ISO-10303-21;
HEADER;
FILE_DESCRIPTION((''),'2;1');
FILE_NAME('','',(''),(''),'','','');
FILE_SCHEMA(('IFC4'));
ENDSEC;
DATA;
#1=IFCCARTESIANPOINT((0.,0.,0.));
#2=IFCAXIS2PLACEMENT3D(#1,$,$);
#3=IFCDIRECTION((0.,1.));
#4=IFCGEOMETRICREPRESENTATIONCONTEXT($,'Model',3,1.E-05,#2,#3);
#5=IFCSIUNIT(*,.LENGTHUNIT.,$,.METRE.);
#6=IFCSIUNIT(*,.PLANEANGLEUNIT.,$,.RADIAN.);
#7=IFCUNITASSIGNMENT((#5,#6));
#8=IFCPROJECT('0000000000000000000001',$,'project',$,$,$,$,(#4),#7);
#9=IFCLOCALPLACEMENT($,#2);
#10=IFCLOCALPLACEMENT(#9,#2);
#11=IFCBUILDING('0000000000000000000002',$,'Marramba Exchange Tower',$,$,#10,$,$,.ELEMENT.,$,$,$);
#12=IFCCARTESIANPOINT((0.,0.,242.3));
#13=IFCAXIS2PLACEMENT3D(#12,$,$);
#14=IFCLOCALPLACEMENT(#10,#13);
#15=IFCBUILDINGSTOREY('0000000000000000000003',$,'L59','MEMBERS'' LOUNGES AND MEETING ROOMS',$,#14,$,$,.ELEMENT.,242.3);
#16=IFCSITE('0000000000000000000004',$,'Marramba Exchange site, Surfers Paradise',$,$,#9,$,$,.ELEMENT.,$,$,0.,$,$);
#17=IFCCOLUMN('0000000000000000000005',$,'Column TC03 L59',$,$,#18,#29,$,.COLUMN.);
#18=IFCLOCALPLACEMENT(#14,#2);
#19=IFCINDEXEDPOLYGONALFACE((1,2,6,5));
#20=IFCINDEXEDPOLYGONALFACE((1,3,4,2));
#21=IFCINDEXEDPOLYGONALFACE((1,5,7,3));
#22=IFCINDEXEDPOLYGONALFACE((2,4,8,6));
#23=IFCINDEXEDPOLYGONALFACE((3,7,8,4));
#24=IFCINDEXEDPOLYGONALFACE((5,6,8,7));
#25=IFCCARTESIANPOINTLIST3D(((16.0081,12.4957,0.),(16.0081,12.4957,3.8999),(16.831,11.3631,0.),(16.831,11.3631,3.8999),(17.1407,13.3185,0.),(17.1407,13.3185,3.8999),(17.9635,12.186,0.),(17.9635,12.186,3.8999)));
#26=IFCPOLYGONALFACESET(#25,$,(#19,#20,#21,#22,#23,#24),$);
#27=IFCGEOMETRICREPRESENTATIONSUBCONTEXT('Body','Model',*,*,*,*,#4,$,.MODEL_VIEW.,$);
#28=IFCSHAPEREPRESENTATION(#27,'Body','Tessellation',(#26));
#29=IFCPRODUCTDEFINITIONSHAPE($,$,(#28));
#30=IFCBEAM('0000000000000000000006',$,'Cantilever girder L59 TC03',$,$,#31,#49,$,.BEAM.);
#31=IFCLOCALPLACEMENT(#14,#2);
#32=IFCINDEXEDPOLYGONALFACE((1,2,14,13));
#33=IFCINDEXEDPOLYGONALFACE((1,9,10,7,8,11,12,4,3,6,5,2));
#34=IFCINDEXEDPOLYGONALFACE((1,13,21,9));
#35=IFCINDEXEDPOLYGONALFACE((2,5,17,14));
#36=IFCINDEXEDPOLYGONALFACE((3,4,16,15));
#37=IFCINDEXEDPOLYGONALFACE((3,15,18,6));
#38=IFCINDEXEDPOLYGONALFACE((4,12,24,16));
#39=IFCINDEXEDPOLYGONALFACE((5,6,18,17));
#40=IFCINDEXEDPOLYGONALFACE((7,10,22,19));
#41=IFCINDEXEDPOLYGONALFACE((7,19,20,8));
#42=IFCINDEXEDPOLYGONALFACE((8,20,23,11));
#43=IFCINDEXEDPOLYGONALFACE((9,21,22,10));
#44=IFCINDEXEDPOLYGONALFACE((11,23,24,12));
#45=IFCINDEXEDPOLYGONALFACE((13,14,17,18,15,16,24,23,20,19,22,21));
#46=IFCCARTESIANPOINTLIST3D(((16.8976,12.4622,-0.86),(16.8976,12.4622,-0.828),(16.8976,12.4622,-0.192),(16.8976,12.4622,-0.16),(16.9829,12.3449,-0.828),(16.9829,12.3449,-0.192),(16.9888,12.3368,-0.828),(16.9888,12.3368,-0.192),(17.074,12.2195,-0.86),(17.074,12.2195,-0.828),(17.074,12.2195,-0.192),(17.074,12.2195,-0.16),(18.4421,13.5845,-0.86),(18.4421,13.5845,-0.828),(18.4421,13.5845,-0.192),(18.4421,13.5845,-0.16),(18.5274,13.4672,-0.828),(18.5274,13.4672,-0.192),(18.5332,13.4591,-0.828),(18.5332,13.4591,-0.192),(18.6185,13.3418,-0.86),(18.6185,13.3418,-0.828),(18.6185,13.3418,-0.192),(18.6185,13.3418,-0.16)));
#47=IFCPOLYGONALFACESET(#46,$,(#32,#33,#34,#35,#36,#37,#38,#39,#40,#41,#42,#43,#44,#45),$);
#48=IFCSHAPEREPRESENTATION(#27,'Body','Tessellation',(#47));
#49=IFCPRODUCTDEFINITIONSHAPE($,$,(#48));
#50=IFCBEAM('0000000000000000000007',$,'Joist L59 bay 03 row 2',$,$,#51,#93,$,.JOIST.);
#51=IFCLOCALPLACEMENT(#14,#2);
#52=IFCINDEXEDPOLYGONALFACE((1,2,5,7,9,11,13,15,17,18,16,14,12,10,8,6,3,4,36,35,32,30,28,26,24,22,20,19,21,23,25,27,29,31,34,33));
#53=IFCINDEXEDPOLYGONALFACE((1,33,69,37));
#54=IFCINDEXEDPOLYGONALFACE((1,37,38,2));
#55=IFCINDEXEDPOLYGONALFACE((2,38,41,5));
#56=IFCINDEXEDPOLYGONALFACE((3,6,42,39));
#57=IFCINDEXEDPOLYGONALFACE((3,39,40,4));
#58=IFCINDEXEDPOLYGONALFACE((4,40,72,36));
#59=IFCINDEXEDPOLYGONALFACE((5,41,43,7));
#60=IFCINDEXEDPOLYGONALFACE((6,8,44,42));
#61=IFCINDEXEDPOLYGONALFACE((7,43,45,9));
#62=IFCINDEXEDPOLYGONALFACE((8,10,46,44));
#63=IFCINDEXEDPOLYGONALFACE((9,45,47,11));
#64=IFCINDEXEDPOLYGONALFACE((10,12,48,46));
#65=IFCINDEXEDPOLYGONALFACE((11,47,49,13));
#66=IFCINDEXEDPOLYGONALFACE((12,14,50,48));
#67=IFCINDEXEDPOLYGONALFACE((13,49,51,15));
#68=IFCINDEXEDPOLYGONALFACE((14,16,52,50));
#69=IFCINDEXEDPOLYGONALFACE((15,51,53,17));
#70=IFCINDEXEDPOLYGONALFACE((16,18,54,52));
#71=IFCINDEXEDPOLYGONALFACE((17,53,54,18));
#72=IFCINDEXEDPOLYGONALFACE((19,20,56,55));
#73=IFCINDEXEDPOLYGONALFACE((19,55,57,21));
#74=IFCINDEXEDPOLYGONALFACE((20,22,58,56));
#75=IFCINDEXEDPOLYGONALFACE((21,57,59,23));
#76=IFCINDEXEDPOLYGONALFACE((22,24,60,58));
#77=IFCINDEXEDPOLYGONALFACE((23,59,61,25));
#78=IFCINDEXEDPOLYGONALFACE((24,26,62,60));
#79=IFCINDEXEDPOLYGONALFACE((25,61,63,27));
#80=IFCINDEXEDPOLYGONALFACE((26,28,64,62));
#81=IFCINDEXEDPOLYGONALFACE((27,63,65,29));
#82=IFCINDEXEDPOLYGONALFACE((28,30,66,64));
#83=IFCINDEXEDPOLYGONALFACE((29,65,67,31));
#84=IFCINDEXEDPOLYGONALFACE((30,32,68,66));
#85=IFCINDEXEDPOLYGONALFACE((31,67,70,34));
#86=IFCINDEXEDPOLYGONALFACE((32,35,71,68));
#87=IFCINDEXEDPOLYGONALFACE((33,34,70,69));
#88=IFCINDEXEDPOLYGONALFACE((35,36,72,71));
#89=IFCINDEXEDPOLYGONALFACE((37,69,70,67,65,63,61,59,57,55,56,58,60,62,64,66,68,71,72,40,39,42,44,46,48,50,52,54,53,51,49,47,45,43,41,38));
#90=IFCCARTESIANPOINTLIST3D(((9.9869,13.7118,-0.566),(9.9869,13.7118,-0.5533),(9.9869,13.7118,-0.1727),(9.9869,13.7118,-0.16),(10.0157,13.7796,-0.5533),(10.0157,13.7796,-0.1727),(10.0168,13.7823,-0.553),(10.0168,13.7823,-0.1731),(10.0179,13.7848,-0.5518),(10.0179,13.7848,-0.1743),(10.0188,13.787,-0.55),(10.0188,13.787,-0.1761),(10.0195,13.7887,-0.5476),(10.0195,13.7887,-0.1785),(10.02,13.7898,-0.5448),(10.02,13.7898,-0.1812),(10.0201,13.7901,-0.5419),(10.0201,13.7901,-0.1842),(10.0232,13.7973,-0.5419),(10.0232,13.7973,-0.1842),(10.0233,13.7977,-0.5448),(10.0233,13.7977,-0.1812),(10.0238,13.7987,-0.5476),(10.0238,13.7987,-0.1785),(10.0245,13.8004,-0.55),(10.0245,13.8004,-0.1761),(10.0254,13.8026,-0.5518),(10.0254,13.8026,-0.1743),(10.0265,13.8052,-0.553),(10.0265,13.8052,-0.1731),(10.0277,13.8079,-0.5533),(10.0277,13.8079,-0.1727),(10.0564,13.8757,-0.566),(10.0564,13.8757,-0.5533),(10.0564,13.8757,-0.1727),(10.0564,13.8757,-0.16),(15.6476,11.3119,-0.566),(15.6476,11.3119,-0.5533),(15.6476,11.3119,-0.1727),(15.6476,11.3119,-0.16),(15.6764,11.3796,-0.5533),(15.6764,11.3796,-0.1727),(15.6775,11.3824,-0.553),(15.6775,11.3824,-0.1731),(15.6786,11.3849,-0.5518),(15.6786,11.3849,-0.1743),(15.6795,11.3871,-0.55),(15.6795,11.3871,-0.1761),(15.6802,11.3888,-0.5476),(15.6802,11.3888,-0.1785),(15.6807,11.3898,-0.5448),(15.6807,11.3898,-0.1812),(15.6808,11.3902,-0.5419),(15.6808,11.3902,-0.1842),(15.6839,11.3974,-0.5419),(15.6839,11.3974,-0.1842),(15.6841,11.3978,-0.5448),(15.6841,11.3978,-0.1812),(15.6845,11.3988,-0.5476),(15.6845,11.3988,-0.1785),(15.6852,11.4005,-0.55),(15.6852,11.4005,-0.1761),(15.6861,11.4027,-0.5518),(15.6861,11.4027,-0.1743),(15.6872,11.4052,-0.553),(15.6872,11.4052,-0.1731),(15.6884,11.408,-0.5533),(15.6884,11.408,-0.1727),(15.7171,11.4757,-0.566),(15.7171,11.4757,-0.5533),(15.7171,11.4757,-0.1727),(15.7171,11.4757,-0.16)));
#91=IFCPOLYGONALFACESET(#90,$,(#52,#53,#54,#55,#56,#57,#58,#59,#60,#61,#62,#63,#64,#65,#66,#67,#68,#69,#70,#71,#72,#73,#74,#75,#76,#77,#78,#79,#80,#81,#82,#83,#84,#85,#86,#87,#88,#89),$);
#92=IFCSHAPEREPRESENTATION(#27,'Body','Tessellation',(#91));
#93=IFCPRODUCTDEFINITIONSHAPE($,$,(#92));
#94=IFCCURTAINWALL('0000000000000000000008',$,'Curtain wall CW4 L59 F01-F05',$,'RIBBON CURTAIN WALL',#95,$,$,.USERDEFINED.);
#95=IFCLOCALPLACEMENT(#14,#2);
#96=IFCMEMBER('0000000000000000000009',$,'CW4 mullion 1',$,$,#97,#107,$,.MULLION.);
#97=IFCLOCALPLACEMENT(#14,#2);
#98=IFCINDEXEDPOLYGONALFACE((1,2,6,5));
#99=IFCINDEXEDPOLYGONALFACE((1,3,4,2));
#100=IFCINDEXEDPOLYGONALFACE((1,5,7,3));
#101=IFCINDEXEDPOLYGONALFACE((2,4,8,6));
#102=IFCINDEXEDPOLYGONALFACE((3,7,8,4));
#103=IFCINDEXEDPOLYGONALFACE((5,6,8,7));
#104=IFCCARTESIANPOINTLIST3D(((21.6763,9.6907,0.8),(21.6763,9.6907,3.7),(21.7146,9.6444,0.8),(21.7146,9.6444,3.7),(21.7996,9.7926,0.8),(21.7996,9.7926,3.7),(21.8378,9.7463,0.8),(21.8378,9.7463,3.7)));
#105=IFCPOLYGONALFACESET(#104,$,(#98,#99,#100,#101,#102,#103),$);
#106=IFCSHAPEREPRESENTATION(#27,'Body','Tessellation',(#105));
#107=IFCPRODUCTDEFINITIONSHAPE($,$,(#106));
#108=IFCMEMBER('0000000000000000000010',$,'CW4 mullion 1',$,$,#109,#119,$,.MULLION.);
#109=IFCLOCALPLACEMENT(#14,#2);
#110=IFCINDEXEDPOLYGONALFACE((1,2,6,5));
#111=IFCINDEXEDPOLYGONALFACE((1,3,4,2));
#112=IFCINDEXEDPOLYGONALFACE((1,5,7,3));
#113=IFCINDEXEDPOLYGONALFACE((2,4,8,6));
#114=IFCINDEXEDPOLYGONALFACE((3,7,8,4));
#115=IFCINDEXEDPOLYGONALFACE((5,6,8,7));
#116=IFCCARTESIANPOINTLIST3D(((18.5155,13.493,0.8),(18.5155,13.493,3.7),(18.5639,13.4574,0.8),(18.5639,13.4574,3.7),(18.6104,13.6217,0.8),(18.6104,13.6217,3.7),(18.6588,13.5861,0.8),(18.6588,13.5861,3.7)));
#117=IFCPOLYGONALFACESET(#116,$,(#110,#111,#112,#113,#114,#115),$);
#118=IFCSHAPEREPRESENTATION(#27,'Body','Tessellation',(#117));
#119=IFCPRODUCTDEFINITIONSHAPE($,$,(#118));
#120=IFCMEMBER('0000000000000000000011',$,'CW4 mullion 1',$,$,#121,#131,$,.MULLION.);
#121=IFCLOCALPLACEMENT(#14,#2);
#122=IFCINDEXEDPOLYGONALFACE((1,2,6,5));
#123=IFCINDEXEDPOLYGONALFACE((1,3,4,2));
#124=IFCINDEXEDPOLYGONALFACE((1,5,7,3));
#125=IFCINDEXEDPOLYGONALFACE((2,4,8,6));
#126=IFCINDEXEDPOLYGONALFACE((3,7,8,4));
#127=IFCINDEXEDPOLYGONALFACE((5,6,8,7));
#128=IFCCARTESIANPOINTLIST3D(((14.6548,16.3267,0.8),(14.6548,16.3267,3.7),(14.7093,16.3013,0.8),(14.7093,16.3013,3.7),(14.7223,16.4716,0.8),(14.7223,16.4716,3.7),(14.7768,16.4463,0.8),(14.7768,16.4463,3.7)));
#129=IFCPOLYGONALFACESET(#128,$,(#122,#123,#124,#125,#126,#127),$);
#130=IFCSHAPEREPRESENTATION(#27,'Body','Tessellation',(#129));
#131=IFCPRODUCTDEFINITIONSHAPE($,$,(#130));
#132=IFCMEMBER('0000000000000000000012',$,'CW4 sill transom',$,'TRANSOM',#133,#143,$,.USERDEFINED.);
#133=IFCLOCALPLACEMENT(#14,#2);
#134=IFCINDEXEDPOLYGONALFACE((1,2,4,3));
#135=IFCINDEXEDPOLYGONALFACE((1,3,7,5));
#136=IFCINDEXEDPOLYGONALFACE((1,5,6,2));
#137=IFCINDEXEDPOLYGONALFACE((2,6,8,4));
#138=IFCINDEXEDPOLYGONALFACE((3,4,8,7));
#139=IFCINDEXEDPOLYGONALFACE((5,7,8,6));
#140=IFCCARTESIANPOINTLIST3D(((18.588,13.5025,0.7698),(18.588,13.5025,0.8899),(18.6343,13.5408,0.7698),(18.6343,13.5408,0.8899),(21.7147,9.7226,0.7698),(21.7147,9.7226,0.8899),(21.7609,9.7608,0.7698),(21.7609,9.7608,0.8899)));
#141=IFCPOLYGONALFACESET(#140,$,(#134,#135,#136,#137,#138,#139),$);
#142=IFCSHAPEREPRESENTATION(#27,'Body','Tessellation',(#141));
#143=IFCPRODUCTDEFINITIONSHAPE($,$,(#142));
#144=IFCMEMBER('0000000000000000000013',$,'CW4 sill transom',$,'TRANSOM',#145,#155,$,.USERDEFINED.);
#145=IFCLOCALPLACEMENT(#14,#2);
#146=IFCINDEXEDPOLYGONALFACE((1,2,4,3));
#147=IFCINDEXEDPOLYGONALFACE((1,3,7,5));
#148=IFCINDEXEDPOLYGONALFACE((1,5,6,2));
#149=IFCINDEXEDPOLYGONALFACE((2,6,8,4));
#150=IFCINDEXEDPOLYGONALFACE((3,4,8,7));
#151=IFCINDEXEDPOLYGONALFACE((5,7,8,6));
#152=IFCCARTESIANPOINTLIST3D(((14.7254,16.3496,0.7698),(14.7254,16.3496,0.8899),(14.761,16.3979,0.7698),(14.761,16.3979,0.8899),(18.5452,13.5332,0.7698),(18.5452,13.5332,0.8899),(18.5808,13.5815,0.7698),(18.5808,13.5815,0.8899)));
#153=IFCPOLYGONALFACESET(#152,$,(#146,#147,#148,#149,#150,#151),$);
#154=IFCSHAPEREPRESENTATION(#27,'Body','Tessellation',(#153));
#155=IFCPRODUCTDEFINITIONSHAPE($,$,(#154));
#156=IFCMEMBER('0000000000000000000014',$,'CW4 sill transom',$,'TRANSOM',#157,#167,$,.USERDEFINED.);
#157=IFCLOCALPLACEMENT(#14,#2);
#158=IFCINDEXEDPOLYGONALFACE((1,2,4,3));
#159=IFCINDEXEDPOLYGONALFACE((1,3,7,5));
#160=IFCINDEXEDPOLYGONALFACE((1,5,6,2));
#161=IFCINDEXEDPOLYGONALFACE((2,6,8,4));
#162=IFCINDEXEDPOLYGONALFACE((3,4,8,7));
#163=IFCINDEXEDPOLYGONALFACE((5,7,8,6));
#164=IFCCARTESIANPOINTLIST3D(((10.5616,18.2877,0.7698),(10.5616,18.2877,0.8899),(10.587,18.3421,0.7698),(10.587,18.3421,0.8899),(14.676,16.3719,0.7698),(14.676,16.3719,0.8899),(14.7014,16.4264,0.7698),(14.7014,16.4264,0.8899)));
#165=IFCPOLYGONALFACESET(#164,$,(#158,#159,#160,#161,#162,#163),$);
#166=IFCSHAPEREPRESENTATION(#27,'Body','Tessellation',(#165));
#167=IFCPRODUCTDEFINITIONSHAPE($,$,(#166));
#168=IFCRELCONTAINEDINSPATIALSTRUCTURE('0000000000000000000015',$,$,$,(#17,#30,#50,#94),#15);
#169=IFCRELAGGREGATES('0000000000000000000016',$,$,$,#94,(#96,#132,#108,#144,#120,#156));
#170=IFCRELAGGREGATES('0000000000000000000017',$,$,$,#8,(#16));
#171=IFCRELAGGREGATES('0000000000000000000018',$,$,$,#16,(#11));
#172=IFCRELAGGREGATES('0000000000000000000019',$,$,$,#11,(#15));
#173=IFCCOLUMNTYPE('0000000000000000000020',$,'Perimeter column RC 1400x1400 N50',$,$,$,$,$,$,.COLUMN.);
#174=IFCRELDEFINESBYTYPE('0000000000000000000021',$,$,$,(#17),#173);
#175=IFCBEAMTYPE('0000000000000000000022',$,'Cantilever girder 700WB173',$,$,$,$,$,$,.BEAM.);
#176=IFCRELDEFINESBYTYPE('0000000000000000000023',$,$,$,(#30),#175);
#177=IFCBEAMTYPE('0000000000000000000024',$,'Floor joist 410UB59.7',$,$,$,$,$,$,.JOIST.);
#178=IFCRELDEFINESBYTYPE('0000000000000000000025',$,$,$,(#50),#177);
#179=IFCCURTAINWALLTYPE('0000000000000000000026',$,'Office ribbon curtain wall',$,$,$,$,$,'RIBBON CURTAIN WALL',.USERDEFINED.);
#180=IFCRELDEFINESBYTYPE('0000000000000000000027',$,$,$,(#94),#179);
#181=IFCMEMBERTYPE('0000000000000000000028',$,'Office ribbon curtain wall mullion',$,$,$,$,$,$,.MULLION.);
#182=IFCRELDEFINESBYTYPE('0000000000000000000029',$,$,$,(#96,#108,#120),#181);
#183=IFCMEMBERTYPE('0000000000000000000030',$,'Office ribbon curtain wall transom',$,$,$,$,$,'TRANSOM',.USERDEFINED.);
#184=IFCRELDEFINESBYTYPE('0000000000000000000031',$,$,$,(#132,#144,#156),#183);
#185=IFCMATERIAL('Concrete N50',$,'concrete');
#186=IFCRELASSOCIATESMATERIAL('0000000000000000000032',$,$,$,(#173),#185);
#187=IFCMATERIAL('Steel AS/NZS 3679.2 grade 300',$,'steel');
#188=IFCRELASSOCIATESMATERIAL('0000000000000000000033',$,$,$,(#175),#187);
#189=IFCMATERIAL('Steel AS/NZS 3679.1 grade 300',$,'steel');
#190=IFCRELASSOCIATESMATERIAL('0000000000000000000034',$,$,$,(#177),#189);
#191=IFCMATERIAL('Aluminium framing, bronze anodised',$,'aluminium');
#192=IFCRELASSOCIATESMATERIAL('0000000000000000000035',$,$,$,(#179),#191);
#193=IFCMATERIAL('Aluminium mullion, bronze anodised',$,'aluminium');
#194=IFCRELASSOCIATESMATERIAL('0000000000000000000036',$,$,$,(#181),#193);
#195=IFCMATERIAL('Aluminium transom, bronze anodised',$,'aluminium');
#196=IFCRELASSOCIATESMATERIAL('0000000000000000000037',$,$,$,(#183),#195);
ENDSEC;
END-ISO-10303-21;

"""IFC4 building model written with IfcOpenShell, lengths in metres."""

from ifc_helpers import new_model, si_unit, direction, frame, origin, origin_2d, place, context, subcontext, project, spatial, rectangle, i_section, extrude, material, material_profile, profile_set, type_object, element, aggregate, save


model = new_model("IFC4")

# Units and contexts
model_context = context("Model", 3, precision=1e-05, world=origin(), true_north=direction((0.0, 1.0)))
body_context = subcontext(model_context, "Body", "Model", "MODEL_VIEW")
ifc_project = project(units=[si_unit("LENGTHUNIT", "METRE"), si_unit("PLANEANGLEUNIT", "RADIAN")], contexts=[model_context])

# Site, building, storey
site_placement = place(None, origin())
site = spatial("IfcSite", under=ifc_project, at=site_placement, Name="Marramba Exchange site, Surfers Paradise", CompositionType="ELEMENT", RefElevation=0.0)
building_placement = place(site_placement, origin())
building = spatial("IfcBuilding", under=site, at=building_placement, Name="Marramba Exchange Tower", CompositionType="ELEMENT")
storey_placement = place(building_placement, frame((0.0, 0.0, 242.3)))
storey = spatial("IfcBuildingStorey", under=building, at=storey_placement, Name="L59", Description="MEMBERS' LOUNGES AND MEETING ROOMS", CompositionType="ELEMENT", Elevation=242.3)

# Column
ifc_material_1 = material(Name="Concrete N50", Category="concrete")
ifc_material_profile_1 = material_profile(ifc_material_1, rectangle(XDim=1.3999, YDim=1.3999, at=origin_2d()), Name="RC 1400x1400")
ifc_profile_set_1 = profile_set([ifc_material_profile_1], Name="Concrete N50")
column_type = type_object("IfcColumnType", Name="Perimeter column RC 1400x1400 N50", PredefinedType="COLUMN", material=ifc_profile_set_1)
column_placement = place(storey_placement, frame((16.9858, 12.3408, 0.0), z_axis=(0.0, 0.0, 1.0), x_axis=(0.809017, 0.587785, 0.0)))
element("IfcColumn", 1, at=column_placement, inside=storey, type_object=column_type, Name="Column TC03 L59", PredefinedType="COLUMN", context=body_context, shape_type="SweptSolid", body=[
    extrude(rectangle(XDim=1.3999, YDim=1.3999, at=origin_2d()), origin(), (0.0, 0.0, 1.0), 3.8999),
])

# Beams
ifc_material_2 = material(Name="Steel AS/NZS 3679.2 grade 300", Category="steel")
ifc_material_profile_2 = material_profile(ifc_material_2, i_section(OverallWidth=0.3, OverallDepth=0.7, WebThickness=0.01, FlangeThickness=0.032, at=origin_2d()), Name="700WB173")
ifc_profile_set_2 = profile_set([ifc_material_profile_2], Name="Steel AS/NZS 3679.2 grade 300")
beam_type_1 = type_object("IfcBeamType", Name="Cantilever girder 700WB173", PredefinedType="BEAM", material=ifc_profile_set_2)
beam_1_placement = place(storey_placement, frame((16.9858, 12.3408, -0.51), z_axis=(0.808963, 0.58786, 0.0), x_axis=(-0.58786, 0.808963, 0.0)))
element("IfcBeam", 2, at=beam_1_placement, inside=storey, type_object=beam_type_1, Name="Cantilever girder L59 TC03", PredefinedType="BEAM", context=body_context, shape_type="SweptSolid", body=[
    extrude(i_section(OverallWidth=0.3, OverallDepth=0.7, WebThickness=0.01, FlangeThickness=0.032, at=origin_2d()), origin(), (0.0, 0.0, 1.0), 1.9092),
])
ifc_material_3 = material(Name="Steel AS/NZS 3679.1 grade 300", Category="steel")
ifc_material_profile_3 = material_profile(ifc_material_3, i_section(OverallWidth=0.178, OverallDepth=0.406, WebThickness=0.0078, FlangeThickness=0.0127, FilletRadius=0.0115, at=origin_2d()), Name="410UB59.7")
ifc_profile_set_3 = profile_set([ifc_material_profile_3], Name="Steel AS/NZS 3679.1 grade 300")
beam_type_2 = type_object("IfcBeamType", Name="Floor joist 410UB59.7", PredefinedType="JOIST", material=ifc_profile_set_3)
beam_2_placement = place(storey_placement, frame((15.6824, 11.3938, -0.363), z_axis=(-0.920674, 0.390332, 0.0), x_axis=(-0.390332, -0.920674, 0.0)))
element("IfcBeam", 3, at=beam_2_placement, inside=storey, type_object=beam_type_2, Name="Joist L59 bay 03 row 2", PredefinedType="JOIST", context=body_context, shape_type="SweptSolid", body=[
    extrude(i_section(OverallWidth=0.178, OverallDepth=0.406, WebThickness=0.0078, FlangeThickness=0.0127, FilletRadius=0.0115, at=origin_2d()), origin(), (0.0, 0.0, 1.0), 6.1484),
])

# Curtain wall, members
ifc_material_4 = material(Name="Aluminium framing, bronze anodised", Category="aluminium")
curtain_wall_type = type_object("IfcCurtainWallType", Name="Office ribbon curtain wall", ElementType="RIBBON CURTAIN WALL", PredefinedType="USERDEFINED", material=ifc_material_4)
curtain_wall_placement = place(storey_placement, origin())
curtain_wall = element("IfcCurtainWall", 4, at=curtain_wall_placement, inside=storey, type_object=curtain_wall_type, Name="Curtain wall CW4 L59 F01-F05", ObjectType="RIBBON CURTAIN WALL", PredefinedType="USERDEFINED")
ifc_material_5 = material(Name="Aluminium mullion, bronze anodised", Category="aluminium")
ifc_material_profile_4 = material_profile(ifc_material_5, rectangle(XDim=0.1599, YDim=0.0601, at=origin_2d()), Name="CW4 mullion 60x160")
ifc_profile_set_4 = profile_set([ifc_material_profile_4], Name="Aluminium mullion, bronze anodised")
member_type_1 = type_object("IfcMemberType", Name="Office ribbon curtain wall mullion", PredefinedType="MULLION", material=ifc_profile_set_4)
member_1_placement = place(storey_placement, frame((21.7571, 9.7185, 0.8), z_axis=(0.0, 0.0, 1.0), x_axis=(-0.770574, -0.63735, 0.0)))
member_1 = element("IfcMember", 5, at=member_1_placement, type_object=member_type_1, Name="CW4 mullion 1", PredefinedType="MULLION", context=body_context, shape_type="SweptSolid", body=[
    extrude(rectangle(XDim=0.1599, YDim=0.0601, at=origin_2d()), origin(), (0.0, 0.0, 1.0), 2.8999),
])
member_2_placement = place(storey_placement, frame((18.5872, 13.5396, 0.8), z_axis=(0.0, 0.0, 1.0), x_axis=(-0.593441, -0.804877, 0.0)))
member_2 = element("IfcMember", 6, at=member_2_placement, type_object=member_type_1, Name="CW4 mullion 1", PredefinedType="MULLION", context=body_context, shape_type="SweptSolid", body=[
    extrude(rectangle(XDim=0.1599, YDim=0.0601, at=origin_2d()), origin(), (0.0, 0.0, 1.0), 2.8999),
])
member_3_placement = place(storey_placement, frame((14.7158, 16.3865, 0.8), z_axis=(0.0, 0.0, 1.0), x_axis=(-0.422133, -0.906534, 0.0)))
member_3 = element("IfcMember", 7, at=member_3_placement, type_object=member_type_1, Name="CW4 mullion 1", PredefinedType="MULLION", context=body_context, shape_type="SweptSolid", body=[
    extrude(rectangle(XDim=0.1599, YDim=0.0601, at=origin_2d()), origin(), (0.0, 0.0, 1.0), 2.8999),
])
ifc_material_6 = material(Name="Aluminium transom, bronze anodised", Category="aluminium")
ifc_material_profile_5 = material_profile(ifc_material_6, rectangle(XDim=0.0601, YDim=0.1201, at=origin_2d()), Name="CW4 transom 60x120")
ifc_profile_set_5 = profile_set([ifc_material_profile_5], Name="Aluminium transom, bronze anodised")
member_type_2 = type_object("IfcMemberType", Name="Office ribbon curtain wall transom", ElementType="TRANSOM", PredefinedType="USERDEFINED", material=ifc_profile_set_5)
member_4_placement = place(storey_placement, frame((21.7378, 9.7417, 0.8298), z_axis=(-0.637375, 0.770554, 0.0), x_axis=(-0.770554, -0.637375, 0.0)))
member_4 = element("IfcMember", 8, at=member_4_placement, type_object=member_type_2, Name="CW4 sill transom", ObjectType="TRANSOM", PredefinedType="USERDEFINED", context=body_context, shape_type="SweptSolid", body=[
    extrude(rectangle(XDim=0.0601, YDim=0.1201, at=origin_2d()), origin(), (0.0, 0.0, 1.0), 4.9055),
])
member_5_placement = place(storey_placement, frame((18.563, 13.5574, 0.8298), z_axis=(-0.804875, 0.593445, 0.0), x_axis=(-0.593445, -0.804875, 0.0)))
member_5 = element("IfcMember", 9, at=member_5_placement, type_object=member_type_2, Name="CW4 sill transom", ObjectType="TRANSOM", PredefinedType="USERDEFINED", context=body_context, shape_type="SweptSolid", body=[
    extrude(rectangle(XDim=0.0601, YDim=0.1201, at=origin_2d()), origin(), (0.0, 0.0, 1.0), 4.7458),
])
member_6_placement = place(storey_placement, frame((14.6887, 16.3992, 0.8298), z_axis=(-0.906548, 0.422102, 0.0), x_axis=(-0.422102, -0.906548, 0.0)))
member_6 = element("IfcMember", 10, at=member_6_placement, type_object=member_type_2, Name="CW4 sill transom", ObjectType="TRANSOM", PredefinedType="USERDEFINED", context=body_context, shape_type="SweptSolid", body=[
    extrude(rectangle(XDim=0.0601, YDim=0.1201, at=origin_2d()), origin(), (0.0, 0.0, 1.0), 4.5386),
])

aggregate(curtain_wall, [member_1, member_4, member_2, member_5, member_3, member_6])

save(model, "model.ifc")
